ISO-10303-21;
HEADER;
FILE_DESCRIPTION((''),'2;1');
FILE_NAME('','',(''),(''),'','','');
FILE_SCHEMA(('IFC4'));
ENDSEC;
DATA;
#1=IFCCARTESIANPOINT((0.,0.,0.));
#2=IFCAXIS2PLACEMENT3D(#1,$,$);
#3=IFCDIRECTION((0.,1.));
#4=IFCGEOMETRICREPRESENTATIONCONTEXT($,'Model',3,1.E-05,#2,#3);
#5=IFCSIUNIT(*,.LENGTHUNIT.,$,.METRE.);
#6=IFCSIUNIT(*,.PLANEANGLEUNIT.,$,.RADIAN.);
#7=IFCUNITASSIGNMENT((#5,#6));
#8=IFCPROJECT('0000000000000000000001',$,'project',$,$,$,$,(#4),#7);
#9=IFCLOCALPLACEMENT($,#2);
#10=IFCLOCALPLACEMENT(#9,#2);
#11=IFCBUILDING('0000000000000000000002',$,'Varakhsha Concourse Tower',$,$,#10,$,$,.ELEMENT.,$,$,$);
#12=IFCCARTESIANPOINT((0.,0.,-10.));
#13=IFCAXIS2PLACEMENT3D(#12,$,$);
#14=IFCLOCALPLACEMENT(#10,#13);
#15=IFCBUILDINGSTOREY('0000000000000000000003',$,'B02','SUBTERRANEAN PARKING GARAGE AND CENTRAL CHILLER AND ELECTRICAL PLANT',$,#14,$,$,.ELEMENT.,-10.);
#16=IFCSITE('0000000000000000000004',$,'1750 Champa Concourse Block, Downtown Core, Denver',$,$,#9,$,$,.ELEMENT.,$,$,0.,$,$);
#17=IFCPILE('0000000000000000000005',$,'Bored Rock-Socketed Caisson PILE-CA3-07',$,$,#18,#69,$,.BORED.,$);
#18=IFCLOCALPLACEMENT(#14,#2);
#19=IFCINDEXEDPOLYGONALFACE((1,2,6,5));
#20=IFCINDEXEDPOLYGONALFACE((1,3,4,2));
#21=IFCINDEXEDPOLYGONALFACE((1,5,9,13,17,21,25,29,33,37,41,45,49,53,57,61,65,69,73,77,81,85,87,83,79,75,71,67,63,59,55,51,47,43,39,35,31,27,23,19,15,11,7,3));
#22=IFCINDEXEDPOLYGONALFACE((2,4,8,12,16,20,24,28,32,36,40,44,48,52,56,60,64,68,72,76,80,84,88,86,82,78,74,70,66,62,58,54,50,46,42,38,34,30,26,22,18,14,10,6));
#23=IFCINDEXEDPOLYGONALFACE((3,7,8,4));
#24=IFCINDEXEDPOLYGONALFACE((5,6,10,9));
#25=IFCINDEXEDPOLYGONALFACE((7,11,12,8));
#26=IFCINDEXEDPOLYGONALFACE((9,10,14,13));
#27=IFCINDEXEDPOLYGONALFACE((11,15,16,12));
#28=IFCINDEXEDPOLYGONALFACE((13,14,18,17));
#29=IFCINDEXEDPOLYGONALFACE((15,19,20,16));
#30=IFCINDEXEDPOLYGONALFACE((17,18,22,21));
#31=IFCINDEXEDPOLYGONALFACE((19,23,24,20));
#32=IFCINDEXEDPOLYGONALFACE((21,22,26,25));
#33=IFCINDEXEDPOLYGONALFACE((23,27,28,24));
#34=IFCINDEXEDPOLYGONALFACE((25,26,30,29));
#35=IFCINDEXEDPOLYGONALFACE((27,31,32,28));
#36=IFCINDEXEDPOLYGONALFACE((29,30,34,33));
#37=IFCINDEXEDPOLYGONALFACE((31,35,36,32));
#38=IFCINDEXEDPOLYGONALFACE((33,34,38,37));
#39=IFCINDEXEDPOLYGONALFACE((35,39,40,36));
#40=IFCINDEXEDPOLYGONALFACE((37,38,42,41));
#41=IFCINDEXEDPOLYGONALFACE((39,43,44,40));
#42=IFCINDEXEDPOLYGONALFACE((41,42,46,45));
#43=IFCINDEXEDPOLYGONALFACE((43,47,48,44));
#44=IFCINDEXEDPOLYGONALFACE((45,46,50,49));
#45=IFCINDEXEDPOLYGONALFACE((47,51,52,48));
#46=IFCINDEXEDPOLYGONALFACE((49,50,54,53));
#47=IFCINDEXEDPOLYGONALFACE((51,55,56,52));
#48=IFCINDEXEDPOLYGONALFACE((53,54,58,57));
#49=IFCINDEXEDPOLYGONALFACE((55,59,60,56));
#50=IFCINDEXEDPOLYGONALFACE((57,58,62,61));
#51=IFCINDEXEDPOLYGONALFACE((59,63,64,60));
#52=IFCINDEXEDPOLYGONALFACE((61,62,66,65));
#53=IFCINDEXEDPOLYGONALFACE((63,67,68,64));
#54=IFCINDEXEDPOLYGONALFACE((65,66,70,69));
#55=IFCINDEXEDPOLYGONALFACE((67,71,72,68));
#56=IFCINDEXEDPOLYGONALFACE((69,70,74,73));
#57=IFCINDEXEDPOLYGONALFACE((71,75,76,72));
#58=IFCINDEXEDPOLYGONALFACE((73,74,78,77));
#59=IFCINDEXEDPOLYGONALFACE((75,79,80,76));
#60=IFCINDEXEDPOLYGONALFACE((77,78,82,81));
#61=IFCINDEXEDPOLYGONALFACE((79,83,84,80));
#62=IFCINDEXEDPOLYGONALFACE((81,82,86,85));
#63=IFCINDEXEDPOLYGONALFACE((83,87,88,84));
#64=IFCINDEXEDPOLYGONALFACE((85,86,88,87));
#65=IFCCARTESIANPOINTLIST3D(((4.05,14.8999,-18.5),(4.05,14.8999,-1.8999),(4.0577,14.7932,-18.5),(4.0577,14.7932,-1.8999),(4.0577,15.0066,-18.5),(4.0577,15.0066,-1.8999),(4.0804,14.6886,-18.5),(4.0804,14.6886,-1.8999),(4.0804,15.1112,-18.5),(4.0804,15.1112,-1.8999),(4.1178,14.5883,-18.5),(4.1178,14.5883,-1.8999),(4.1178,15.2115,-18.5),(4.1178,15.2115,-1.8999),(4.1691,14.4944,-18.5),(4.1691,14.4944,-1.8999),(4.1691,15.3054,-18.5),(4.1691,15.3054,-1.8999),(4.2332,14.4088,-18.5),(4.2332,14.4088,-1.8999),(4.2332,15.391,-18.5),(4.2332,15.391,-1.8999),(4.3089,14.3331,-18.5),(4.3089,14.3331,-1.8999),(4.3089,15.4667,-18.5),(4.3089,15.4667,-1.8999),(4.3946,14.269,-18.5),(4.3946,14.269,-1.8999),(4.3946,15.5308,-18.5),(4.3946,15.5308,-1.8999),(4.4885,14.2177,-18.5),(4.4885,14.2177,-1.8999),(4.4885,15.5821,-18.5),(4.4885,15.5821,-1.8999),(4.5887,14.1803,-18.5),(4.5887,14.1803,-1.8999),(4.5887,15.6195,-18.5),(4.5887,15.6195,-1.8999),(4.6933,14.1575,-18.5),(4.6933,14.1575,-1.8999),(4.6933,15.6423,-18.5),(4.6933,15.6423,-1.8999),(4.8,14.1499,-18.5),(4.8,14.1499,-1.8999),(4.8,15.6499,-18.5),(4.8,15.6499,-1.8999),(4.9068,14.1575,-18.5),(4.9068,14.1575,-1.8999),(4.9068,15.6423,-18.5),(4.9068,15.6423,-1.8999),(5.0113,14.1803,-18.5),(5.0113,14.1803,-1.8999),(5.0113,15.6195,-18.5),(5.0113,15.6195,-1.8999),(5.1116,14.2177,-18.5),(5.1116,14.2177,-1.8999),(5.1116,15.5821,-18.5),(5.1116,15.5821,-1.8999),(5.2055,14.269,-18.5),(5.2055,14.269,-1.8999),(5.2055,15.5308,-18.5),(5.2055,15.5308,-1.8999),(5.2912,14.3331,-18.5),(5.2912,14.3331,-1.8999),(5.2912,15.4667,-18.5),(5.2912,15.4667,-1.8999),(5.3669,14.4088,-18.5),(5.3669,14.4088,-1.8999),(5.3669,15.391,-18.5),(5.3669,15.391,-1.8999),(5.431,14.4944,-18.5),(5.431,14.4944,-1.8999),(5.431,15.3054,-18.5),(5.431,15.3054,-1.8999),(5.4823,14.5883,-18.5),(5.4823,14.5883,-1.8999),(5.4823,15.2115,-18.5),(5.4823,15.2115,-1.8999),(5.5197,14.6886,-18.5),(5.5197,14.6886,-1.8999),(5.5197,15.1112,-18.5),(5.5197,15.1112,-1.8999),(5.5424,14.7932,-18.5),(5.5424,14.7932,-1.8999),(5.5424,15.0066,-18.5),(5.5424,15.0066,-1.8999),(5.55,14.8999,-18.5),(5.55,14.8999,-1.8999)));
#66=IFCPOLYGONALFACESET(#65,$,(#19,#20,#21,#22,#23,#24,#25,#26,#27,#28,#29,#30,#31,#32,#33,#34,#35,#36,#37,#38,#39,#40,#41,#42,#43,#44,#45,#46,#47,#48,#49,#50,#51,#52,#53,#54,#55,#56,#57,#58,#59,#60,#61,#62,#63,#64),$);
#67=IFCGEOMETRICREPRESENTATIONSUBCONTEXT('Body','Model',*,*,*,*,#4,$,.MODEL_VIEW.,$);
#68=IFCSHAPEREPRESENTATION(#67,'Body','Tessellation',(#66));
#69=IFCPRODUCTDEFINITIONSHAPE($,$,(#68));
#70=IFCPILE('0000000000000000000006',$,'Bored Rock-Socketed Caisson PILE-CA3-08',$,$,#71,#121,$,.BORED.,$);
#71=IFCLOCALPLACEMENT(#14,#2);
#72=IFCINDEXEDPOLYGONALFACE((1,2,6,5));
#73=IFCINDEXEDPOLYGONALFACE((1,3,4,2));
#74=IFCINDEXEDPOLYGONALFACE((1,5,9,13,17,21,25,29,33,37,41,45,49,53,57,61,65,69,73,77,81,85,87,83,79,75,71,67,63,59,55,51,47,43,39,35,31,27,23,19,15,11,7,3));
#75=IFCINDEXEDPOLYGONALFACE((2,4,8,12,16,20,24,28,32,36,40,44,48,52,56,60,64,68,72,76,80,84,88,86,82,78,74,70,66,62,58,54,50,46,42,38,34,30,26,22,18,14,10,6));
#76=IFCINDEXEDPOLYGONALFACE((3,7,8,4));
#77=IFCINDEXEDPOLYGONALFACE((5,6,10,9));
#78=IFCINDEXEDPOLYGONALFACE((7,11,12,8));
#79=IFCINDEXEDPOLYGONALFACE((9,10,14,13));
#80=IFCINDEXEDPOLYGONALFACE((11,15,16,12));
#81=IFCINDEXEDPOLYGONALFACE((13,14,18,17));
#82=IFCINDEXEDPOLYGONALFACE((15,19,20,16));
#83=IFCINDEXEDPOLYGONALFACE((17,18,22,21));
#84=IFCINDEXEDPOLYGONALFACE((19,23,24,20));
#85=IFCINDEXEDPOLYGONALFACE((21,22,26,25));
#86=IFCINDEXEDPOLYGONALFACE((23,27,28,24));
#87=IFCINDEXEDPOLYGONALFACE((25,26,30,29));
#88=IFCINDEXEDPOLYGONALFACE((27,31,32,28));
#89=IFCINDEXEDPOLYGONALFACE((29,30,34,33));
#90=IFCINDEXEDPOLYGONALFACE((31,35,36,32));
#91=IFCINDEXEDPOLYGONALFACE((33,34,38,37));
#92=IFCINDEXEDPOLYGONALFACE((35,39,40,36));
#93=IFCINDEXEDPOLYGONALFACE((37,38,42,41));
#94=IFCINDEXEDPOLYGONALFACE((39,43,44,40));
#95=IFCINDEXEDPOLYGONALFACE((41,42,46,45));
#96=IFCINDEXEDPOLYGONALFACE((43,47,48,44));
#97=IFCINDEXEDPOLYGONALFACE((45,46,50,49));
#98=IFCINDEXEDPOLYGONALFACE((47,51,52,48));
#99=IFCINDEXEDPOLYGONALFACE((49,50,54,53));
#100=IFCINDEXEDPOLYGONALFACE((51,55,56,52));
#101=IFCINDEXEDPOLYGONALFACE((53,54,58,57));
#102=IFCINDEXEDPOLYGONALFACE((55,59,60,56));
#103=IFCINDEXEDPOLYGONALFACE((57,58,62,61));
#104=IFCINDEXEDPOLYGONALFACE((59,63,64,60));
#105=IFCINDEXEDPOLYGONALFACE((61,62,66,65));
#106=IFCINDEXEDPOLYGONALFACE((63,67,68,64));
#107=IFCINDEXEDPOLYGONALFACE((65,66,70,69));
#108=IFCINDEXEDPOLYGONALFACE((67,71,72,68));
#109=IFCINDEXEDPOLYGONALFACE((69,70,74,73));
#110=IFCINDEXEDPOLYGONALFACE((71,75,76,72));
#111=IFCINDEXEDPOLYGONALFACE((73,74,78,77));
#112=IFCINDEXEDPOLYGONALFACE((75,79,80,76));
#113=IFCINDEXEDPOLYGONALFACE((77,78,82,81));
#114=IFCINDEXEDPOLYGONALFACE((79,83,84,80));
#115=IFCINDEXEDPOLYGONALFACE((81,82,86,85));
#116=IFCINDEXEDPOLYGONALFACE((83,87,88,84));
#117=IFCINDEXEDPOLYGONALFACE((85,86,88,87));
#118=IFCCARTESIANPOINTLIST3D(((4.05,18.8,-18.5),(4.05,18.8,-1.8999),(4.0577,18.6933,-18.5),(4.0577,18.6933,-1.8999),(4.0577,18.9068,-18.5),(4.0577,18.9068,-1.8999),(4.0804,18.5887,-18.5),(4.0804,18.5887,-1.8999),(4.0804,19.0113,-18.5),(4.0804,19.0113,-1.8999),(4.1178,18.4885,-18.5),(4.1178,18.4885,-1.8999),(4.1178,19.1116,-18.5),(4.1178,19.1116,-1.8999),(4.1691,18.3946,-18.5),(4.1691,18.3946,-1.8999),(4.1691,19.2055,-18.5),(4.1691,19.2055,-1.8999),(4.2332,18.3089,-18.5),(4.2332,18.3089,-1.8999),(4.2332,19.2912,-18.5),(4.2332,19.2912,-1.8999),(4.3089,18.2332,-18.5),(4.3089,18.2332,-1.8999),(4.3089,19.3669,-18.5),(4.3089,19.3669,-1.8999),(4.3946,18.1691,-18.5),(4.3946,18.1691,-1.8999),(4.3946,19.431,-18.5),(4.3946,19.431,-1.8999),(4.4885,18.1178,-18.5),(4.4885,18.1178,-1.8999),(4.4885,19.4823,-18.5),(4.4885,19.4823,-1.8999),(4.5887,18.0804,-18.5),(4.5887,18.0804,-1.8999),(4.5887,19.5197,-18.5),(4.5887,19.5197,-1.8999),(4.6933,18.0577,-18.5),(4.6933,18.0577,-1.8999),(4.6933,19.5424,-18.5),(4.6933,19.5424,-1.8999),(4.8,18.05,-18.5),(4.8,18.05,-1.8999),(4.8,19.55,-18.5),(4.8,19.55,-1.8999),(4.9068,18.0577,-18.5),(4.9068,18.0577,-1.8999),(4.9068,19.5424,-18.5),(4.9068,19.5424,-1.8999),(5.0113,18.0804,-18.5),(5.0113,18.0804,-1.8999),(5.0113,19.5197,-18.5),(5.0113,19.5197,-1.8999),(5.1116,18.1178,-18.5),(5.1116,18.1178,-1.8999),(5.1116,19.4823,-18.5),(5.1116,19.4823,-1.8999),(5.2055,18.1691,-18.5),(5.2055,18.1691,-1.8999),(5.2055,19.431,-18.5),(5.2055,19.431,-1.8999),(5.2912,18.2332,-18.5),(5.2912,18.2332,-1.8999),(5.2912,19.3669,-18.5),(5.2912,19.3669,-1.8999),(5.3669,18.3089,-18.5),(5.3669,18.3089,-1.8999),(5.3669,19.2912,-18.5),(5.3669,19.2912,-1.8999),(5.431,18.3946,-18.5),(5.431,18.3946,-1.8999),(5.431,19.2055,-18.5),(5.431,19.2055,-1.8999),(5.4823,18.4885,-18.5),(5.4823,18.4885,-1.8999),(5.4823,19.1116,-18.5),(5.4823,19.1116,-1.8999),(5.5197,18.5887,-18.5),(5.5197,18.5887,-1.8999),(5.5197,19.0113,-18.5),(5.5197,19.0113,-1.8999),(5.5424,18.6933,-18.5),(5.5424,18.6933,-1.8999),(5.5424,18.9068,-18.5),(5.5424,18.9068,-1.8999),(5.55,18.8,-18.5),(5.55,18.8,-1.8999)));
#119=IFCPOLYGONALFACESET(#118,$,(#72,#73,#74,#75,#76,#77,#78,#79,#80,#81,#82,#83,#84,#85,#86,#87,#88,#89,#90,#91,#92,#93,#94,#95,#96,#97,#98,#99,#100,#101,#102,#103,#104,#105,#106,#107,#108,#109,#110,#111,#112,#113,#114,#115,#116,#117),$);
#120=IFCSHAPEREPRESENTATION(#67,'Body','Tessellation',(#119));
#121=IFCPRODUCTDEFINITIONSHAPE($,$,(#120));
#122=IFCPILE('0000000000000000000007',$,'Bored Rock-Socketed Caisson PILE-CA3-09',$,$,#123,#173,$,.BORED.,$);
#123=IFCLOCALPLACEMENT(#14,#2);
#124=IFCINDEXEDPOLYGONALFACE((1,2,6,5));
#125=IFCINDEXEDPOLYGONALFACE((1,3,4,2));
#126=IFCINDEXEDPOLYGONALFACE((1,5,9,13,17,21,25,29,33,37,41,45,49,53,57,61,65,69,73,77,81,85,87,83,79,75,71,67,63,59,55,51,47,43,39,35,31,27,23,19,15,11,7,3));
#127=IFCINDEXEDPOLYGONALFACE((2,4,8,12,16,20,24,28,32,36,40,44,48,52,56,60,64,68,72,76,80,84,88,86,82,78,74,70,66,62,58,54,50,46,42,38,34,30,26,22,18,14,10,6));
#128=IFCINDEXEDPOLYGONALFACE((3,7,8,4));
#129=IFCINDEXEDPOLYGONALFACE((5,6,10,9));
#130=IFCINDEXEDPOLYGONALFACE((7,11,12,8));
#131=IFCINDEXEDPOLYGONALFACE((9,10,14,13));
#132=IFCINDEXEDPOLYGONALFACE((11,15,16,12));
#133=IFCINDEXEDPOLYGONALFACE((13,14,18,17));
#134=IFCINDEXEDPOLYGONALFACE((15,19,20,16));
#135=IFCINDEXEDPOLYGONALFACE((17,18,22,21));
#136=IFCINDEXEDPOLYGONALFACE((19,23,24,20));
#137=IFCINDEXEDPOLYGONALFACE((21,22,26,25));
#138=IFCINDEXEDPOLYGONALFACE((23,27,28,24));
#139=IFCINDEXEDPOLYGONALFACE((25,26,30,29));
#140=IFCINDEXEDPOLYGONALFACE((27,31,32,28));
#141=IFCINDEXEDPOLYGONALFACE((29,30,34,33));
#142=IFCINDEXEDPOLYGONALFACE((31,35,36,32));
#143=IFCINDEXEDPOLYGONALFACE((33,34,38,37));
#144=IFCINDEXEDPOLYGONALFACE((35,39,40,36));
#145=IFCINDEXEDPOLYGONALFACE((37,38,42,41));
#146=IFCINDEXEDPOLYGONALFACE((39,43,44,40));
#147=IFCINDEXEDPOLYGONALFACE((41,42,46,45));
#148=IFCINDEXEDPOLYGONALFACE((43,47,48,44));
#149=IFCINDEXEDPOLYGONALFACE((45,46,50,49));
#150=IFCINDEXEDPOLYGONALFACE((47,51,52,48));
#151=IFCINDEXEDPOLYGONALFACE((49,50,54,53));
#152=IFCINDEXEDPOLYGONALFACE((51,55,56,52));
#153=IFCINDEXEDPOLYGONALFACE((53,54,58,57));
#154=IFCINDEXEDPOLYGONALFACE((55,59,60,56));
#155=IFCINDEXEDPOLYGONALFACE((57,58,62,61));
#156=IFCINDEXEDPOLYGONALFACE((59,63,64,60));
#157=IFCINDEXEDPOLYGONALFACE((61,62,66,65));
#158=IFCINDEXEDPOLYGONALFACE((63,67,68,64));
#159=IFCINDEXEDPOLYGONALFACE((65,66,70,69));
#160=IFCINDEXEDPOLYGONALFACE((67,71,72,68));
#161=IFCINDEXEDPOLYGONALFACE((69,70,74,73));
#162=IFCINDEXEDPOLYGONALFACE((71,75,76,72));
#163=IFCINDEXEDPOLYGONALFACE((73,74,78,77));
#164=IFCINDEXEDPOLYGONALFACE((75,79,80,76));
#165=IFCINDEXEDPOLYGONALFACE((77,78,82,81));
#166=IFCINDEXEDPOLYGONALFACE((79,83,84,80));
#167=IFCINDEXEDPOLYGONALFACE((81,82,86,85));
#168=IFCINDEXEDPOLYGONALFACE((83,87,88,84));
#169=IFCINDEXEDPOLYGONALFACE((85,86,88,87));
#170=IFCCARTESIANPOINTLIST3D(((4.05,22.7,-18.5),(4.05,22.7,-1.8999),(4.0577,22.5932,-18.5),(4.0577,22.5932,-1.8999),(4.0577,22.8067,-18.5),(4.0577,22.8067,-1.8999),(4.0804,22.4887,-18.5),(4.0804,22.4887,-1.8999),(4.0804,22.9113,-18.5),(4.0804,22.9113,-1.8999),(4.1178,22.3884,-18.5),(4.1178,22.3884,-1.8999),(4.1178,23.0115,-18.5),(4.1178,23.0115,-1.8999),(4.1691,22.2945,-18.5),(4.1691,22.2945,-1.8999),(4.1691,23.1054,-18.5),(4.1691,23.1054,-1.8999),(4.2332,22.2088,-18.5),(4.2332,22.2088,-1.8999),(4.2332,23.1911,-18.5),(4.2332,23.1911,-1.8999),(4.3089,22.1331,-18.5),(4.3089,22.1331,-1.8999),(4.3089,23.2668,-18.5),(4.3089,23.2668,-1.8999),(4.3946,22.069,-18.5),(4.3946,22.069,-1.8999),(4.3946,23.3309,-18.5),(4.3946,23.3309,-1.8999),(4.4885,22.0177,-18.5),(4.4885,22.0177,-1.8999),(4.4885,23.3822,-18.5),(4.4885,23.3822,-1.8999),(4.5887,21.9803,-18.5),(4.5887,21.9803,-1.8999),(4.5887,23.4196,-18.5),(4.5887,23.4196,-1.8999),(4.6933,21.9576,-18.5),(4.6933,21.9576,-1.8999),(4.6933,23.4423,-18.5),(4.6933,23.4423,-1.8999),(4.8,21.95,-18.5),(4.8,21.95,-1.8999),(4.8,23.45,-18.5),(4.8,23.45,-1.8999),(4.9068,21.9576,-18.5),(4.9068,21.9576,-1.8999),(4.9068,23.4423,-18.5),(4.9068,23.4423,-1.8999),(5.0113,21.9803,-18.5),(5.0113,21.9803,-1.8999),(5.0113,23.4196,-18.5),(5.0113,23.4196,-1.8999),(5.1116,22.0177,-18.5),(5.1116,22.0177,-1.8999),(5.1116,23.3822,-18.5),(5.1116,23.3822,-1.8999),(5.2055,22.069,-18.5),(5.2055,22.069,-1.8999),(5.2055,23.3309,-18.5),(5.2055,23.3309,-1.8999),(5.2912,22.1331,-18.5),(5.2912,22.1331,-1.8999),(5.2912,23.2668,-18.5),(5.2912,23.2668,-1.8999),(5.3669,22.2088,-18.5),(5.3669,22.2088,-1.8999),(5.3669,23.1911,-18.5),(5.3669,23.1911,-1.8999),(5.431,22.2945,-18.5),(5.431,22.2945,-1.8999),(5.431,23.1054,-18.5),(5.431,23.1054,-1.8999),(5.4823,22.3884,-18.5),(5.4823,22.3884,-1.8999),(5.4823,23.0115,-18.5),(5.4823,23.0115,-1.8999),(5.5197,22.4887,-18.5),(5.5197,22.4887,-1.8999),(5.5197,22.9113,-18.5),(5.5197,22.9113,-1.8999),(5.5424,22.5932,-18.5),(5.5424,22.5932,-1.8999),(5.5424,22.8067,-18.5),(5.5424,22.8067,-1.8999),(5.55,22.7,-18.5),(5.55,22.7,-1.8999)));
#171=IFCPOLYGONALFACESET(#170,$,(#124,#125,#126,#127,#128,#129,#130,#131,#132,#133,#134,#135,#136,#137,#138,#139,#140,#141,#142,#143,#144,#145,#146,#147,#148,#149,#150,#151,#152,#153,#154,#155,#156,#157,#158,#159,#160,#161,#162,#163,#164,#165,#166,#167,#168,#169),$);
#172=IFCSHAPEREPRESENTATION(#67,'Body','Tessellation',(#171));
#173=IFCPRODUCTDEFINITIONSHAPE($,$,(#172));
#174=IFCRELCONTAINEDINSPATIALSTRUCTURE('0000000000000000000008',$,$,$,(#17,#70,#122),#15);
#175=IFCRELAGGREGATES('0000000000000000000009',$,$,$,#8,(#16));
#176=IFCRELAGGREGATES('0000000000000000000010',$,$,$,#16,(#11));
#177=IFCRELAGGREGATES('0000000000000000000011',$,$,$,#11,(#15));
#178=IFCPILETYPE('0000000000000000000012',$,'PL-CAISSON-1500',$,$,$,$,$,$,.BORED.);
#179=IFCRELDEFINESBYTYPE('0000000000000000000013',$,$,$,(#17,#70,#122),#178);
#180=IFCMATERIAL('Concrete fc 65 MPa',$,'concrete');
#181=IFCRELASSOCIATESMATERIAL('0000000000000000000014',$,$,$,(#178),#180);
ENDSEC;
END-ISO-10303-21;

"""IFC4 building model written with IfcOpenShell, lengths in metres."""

from ifc_helpers import new_model, si_unit, direction, frame, origin, origin_2d, place, context, subcontext, project, spatial, circle, extrude, material, material_profile, profile_set, type_object, element, save


model = new_model("IFC4")

# Units and contexts
model_context = context("Model", 3, precision=1e-05, world=origin(), true_north=direction((0.0, 1.0)))
body_context = subcontext(model_context, "Body", "Model", "MODEL_VIEW")
ifc_project = project(units=[si_unit("LENGTHUNIT", "METRE"), si_unit("PLANEANGLEUNIT", "RADIAN")], contexts=[model_context])

# Site, building, storey
site_placement = place(None, origin())
site = spatial("IfcSite", under=ifc_project, at=site_placement, Name="1750 Champa Concourse Block, Downtown Core, Denver", CompositionType="ELEMENT", RefElevation=0.0)
building_placement = place(site_placement, origin())
building = spatial("IfcBuilding", under=site, at=building_placement, Name="Varakhsha Concourse Tower", CompositionType="ELEMENT")
storey_placement = place(building_placement, frame((0.0, 0.0, -10.0)))
storey = spatial("IfcBuildingStorey", under=building, at=storey_placement, Name="B02", Description="SUBTERRANEAN PARKING GARAGE AND CENTRAL CHILLER AND ELECTRICAL PLANT", CompositionType="ELEMENT", Elevation=-10.0)

# Piles
ifc_material_1 = material(Name="Concrete fc 65 MPa", Category="concrete")
ifc_material_profile_1 = material_profile(ifc_material_1, circle(Radius=0.75, at=origin_2d()), Name="CAISSON D1500")
ifc_profile_set_1 = profile_set([ifc_material_profile_1], Name="Concrete fc 65 MPa")
pile_type_1 = type_object("IfcPileType", Name="PL-CAISSON-1500", PredefinedType="BORED", material=ifc_profile_set_1)
for number, where, z_axis, x_axis, name in (
    (1, (4.8, 14.8999, -1.8999), (0.0, 0.0, -1.0), (1.0, 0.0, 0.0), "Bored Rock-Socketed Caisson PILE-CA3-07"),
    (2, (4.8, 18.8, -1.8999), (0.0, 0.0, -1.0), (1.0, 0.0, 0.0), "Bored Rock-Socketed Caisson PILE-CA3-08"),
    (3, (4.8, 22.7, -1.8999), (0.0, 0.0, -1.0), (1.0, 0.0, 0.0), "Bored Rock-Socketed Caisson PILE-CA3-09"),
):
    element("IfcPile", number, at=place(storey_placement, frame(where, z_axis=z_axis, x_axis=x_axis)), inside=storey, type_object=pile_type_1, Name=name, PredefinedType="BORED", context=body_context, shape_type="SweptSolid", body=[
        extrude(circle(Radius=0.75, at=origin_2d()), origin(), (0.0, 0.0, 1.0), 16.6001),
    ])

save(model, "model.ifc")
